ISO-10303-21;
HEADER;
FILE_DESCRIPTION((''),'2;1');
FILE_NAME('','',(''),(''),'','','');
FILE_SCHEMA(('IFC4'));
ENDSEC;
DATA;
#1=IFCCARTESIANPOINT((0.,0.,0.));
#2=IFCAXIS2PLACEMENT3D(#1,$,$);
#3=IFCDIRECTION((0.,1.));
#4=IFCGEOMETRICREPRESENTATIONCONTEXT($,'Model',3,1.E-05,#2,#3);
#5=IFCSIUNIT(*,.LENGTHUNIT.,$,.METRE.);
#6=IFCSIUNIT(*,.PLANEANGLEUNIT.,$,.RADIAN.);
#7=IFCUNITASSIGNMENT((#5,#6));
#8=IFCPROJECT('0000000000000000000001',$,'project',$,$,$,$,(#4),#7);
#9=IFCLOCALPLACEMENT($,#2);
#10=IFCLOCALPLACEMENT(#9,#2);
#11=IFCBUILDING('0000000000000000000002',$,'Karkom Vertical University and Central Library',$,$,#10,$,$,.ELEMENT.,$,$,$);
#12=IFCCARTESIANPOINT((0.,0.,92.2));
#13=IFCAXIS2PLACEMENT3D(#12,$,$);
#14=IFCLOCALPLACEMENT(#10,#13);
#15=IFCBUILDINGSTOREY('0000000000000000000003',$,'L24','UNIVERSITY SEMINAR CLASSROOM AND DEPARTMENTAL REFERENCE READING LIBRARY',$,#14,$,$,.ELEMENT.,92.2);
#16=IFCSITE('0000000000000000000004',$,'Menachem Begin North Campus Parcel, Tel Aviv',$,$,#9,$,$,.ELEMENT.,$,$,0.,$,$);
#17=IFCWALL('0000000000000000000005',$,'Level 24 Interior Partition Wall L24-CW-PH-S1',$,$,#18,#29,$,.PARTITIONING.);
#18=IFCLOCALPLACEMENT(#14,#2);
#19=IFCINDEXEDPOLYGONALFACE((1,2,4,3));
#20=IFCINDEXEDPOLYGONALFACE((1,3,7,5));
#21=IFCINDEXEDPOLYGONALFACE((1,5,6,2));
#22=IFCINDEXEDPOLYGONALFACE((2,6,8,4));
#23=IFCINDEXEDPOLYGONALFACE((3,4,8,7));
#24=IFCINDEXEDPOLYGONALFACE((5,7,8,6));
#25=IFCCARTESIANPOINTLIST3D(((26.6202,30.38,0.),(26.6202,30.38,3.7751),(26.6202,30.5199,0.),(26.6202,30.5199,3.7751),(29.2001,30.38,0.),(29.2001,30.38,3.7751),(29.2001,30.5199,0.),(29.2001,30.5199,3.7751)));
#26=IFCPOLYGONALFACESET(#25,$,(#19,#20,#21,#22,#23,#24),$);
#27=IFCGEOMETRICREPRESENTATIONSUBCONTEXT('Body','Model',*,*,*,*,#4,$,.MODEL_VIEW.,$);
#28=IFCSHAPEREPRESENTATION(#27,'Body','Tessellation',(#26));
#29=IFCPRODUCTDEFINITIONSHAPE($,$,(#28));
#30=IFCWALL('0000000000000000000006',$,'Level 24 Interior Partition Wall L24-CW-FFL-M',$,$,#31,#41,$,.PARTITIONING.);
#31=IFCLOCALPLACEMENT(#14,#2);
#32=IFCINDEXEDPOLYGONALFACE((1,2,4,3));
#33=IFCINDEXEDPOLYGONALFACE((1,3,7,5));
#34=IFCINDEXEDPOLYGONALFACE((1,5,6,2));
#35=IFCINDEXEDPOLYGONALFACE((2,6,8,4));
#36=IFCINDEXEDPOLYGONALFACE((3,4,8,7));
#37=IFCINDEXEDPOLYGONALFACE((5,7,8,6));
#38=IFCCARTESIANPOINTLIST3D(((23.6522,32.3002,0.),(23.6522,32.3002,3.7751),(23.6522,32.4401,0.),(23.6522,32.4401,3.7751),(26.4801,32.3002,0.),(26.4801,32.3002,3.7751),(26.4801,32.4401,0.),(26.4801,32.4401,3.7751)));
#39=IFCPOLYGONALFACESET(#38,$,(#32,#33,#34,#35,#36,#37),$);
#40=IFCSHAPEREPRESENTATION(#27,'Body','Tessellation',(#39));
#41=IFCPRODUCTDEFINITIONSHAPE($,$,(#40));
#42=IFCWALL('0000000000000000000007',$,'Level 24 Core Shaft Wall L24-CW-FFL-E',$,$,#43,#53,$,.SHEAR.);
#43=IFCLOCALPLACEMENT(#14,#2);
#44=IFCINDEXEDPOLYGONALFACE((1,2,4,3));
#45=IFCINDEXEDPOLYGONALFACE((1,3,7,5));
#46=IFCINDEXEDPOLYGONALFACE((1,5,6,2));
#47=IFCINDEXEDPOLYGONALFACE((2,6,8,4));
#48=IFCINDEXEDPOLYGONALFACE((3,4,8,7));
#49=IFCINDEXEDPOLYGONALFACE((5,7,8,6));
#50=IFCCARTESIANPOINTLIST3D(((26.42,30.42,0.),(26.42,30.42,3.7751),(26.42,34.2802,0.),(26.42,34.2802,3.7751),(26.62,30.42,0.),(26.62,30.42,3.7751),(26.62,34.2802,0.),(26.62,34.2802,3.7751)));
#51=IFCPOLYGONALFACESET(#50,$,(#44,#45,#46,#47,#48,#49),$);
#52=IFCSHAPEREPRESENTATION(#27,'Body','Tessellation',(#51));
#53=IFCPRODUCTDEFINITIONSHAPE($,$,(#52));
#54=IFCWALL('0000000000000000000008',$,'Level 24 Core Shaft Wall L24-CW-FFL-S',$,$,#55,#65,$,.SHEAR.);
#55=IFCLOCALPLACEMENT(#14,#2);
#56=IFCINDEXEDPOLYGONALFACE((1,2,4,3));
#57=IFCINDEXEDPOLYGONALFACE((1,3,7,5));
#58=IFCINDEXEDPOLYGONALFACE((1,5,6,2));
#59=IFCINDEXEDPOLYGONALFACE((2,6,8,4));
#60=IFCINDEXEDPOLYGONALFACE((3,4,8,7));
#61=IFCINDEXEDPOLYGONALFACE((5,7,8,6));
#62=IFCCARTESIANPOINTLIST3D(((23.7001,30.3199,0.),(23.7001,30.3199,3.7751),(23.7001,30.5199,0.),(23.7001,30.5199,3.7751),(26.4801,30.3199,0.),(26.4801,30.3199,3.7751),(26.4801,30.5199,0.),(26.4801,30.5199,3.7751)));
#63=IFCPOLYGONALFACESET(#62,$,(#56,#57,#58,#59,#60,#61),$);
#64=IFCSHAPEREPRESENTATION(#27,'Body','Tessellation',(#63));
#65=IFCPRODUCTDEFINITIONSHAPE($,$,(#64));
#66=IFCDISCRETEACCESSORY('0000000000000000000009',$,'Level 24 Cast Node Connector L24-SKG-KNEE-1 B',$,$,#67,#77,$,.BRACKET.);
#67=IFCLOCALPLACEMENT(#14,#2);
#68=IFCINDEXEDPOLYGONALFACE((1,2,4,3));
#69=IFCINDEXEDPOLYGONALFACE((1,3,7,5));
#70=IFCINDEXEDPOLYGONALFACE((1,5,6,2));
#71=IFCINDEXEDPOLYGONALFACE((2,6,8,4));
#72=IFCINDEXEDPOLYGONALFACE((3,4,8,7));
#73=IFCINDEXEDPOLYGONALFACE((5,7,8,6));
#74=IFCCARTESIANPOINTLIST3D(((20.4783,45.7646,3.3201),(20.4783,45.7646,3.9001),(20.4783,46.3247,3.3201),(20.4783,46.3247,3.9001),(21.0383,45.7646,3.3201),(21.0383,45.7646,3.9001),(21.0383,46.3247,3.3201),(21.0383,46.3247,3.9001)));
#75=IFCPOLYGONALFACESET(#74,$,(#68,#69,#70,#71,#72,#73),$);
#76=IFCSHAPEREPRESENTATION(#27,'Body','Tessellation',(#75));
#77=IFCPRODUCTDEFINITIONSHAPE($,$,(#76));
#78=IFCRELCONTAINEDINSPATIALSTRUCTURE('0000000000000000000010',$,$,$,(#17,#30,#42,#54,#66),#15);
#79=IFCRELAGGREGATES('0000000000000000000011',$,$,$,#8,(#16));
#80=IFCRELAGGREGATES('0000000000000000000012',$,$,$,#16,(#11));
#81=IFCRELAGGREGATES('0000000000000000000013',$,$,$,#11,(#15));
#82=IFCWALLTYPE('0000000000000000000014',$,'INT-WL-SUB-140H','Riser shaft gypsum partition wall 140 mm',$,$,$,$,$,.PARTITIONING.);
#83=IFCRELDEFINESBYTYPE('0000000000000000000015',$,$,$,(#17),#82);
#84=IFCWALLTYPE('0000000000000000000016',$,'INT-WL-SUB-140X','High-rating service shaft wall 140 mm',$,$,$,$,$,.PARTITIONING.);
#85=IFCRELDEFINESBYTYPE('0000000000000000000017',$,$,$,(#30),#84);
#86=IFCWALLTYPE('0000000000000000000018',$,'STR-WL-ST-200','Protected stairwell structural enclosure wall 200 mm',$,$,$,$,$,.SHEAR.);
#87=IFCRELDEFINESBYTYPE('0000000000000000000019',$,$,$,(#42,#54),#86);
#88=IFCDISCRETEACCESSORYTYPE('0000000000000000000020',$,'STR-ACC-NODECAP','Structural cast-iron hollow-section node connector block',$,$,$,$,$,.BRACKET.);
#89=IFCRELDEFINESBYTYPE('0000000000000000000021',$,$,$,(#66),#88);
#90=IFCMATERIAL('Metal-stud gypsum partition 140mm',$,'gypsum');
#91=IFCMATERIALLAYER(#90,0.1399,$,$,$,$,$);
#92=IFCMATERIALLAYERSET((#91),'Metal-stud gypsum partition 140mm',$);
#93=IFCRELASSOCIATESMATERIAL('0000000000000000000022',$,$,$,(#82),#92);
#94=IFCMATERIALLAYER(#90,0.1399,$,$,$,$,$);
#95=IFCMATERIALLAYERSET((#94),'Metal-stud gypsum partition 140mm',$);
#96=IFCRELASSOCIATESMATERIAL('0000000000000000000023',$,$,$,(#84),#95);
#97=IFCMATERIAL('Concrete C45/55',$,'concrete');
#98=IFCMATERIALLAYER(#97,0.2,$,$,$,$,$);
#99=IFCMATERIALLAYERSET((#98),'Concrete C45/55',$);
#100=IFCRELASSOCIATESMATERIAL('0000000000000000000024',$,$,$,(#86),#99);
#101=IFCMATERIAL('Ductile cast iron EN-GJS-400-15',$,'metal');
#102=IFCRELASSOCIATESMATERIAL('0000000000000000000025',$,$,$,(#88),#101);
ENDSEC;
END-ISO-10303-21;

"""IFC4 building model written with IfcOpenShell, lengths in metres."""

from ifc_helpers import new_model, si_unit, direction, frame, frame_2d, origin, origin_with_axes, origin_2d, place, context, subcontext, project, spatial, rectangle, extrude, source, transform, mapped, material, layer, layer_set, type_object, element, save


model = new_model("IFC4")

# Units and contexts
model_context = context("Model", 3, precision=1e-05, world=origin(), true_north=direction((0.0, 1.0)))
body_context = subcontext(model_context, "Body", "Model", "MODEL_VIEW")
ifc_project = project(units=[si_unit("LENGTHUNIT", "METRE"), si_unit("PLANEANGLEUNIT", "RADIAN")], contexts=[model_context])

# Site, building, storey
site_placement = place(None, origin())
site = spatial("IfcSite", under=ifc_project, at=site_placement, Name="Menachem Begin North Campus Parcel, Tel Aviv", CompositionType="ELEMENT", RefElevation=0.0)
building_placement = place(site_placement, origin())
building = spatial("IfcBuilding", under=site, at=building_placement, Name="Karkom Vertical University and Central Library", CompositionType="ELEMENT")
storey_placement = place(building_placement, frame((0.0, 0.0, 92.2)))
storey = spatial("IfcBuildingStorey", under=building, at=storey_placement, Name="L24", Description="UNIVERSITY SEMINAR CLASSROOM AND DEPARTMENTAL REFERENCE READING LIBRARY", CompositionType="ELEMENT", Elevation=92.2)

# Walls
ifc_material_1 = material(Name="Metal-stud gypsum partition 140mm", Category="gypsum")
ifc_layer_1 = layer(ifc_material_1, 0.1399)
ifc_layer_set_1 = layer_set([ifc_layer_1], Name="Metal-stud gypsum partition 140mm")
wall_type_1 = type_object("IfcWallType", Name="INT-WL-SUB-140H", Description="Riser shaft gypsum partition wall 140 mm", PredefinedType="PARTITIONING", material=ifc_layer_set_1)
wall_1_placement = place(storey_placement, frame((26.6201, 30.45, 0.0), z_axis=(0.0, 0.0, 1.0), x_axis=(1.0, 0.0, 0.0)))
element("IfcWall", 1, at=wall_1_placement, inside=storey, type_object=wall_type_1, Name="Level 24 Interior Partition Wall L24-CW-PH-S1", PredefinedType="PARTITIONING", context=body_context, shape_type="SweptSolid", body=[
    extrude(rectangle(XDim=2.5798, YDim=0.1399, at=frame_2d((1.29, 0.0))), origin(), (0.0, 0.0, 1.0), 3.7751),
])
ifc_layer_2 = layer(ifc_material_1, 0.1399)
ifc_layer_set_2 = layer_set([ifc_layer_2], Name="Metal-stud gypsum partition 140mm")
wall_type_2 = type_object("IfcWallType", Name="INT-WL-SUB-140X", Description="High-rating service shaft wall 140 mm", PredefinedType="PARTITIONING", material=ifc_layer_set_2)
wall_2_placement = place(storey_placement, frame((23.6521, 32.3701, 0.0), z_axis=(0.0, 0.0, 1.0), x_axis=(1.0, 0.0, 0.0)))
element("IfcWall", 2, at=wall_2_placement, inside=storey, type_object=wall_type_2, Name="Level 24 Interior Partition Wall L24-CW-FFL-M", PredefinedType="PARTITIONING", context=body_context, shape_type="SweptSolid", body=[
    extrude(rectangle(XDim=2.8279, YDim=0.1399, at=frame_2d((1.4141, 0.0))), origin(), (0.0, 0.0, 1.0), 3.7751),
])

# Walls
ifc_material_2 = material(Name="Concrete C45/55", Category="concrete")
ifc_layer_3 = layer(ifc_material_2, 0.2)
ifc_layer_set_3 = layer_set([ifc_layer_3], Name="Concrete C45/55")
wall_type_3 = type_object("IfcWallType", Name="STR-WL-ST-200", Description="Protected stairwell structural enclosure wall 200 mm", PredefinedType="SHEAR", material=ifc_layer_set_3)
wall_3_placement = place(storey_placement, frame((26.52, 30.4199, 0.0), z_axis=(0.0, 0.0, 1.0), x_axis=(0.0, 1.0, 0.0)))
element("IfcWall", 3, at=wall_3_placement, inside=storey, type_object=wall_type_3, Name="Level 24 Core Shaft Wall L24-CW-FFL-E", PredefinedType="SHEAR", context=body_context, shape_type="SweptSolid", body=[
    extrude(rectangle(XDim=3.8601, YDim=0.2, at=frame_2d((1.9302, 0.0))), origin(), (0.0, 0.0, 1.0), 3.7751),
])
wall_4_placement = place(storey_placement, frame((23.7, 30.4199, 0.0), z_axis=(0.0, 0.0, 1.0), x_axis=(1.0, 0.0, 0.0)))
element("IfcWall", 4, at=wall_4_placement, inside=storey, type_object=wall_type_3, Name="Level 24 Core Shaft Wall L24-CW-FFL-S", PredefinedType="SHEAR", context=body_context, shape_type="SweptSolid", body=[
    extrude(rectangle(XDim=2.78, YDim=0.2, at=frame_2d((1.3901, 0.0))), origin(), (0.0, 0.0, 1.0), 3.7751),
])

# Discrete accessory
ifc_material_3 = material(Name="Ductile cast iron EN-GJS-400-15", Category="metal")
discrete_accessory_type = type_object("IfcDiscreteAccessoryType", Name="STR-ACC-NODECAP", Description="Structural cast-iron hollow-section node connector block", PredefinedType="BRACKET", material=ifc_material_3)
shared_shape_1 = source(origin_with_axes(), body_context, "Body", "SweptSolid", [
    extrude(rectangle(XDim=0.5601, YDim=0.5601, at=origin_2d()), origin(), (0.0, 0.0, 1.0), 0.5801),
])
discrete_accessory_placement = place(storey_placement, frame((20.7583, 46.0447, 3.3201), z_axis=(0.0, 0.0, 1.0), x_axis=(1.0, 0.0, 0.0)))
element("IfcDiscreteAccessory", 5, at=discrete_accessory_placement, inside=storey, type_object=discrete_accessory_type, Name="Level 24 Cast Node Connector L24-SKG-KNEE-1 B", PredefinedType="BRACKET", context=body_context, shape_type="MappedRepresentation", body=[
    mapped(shared_shape_1, transform((0.0, 0.0, 0.0), scale=1.0)),
])

save(model, "model.ifc")
